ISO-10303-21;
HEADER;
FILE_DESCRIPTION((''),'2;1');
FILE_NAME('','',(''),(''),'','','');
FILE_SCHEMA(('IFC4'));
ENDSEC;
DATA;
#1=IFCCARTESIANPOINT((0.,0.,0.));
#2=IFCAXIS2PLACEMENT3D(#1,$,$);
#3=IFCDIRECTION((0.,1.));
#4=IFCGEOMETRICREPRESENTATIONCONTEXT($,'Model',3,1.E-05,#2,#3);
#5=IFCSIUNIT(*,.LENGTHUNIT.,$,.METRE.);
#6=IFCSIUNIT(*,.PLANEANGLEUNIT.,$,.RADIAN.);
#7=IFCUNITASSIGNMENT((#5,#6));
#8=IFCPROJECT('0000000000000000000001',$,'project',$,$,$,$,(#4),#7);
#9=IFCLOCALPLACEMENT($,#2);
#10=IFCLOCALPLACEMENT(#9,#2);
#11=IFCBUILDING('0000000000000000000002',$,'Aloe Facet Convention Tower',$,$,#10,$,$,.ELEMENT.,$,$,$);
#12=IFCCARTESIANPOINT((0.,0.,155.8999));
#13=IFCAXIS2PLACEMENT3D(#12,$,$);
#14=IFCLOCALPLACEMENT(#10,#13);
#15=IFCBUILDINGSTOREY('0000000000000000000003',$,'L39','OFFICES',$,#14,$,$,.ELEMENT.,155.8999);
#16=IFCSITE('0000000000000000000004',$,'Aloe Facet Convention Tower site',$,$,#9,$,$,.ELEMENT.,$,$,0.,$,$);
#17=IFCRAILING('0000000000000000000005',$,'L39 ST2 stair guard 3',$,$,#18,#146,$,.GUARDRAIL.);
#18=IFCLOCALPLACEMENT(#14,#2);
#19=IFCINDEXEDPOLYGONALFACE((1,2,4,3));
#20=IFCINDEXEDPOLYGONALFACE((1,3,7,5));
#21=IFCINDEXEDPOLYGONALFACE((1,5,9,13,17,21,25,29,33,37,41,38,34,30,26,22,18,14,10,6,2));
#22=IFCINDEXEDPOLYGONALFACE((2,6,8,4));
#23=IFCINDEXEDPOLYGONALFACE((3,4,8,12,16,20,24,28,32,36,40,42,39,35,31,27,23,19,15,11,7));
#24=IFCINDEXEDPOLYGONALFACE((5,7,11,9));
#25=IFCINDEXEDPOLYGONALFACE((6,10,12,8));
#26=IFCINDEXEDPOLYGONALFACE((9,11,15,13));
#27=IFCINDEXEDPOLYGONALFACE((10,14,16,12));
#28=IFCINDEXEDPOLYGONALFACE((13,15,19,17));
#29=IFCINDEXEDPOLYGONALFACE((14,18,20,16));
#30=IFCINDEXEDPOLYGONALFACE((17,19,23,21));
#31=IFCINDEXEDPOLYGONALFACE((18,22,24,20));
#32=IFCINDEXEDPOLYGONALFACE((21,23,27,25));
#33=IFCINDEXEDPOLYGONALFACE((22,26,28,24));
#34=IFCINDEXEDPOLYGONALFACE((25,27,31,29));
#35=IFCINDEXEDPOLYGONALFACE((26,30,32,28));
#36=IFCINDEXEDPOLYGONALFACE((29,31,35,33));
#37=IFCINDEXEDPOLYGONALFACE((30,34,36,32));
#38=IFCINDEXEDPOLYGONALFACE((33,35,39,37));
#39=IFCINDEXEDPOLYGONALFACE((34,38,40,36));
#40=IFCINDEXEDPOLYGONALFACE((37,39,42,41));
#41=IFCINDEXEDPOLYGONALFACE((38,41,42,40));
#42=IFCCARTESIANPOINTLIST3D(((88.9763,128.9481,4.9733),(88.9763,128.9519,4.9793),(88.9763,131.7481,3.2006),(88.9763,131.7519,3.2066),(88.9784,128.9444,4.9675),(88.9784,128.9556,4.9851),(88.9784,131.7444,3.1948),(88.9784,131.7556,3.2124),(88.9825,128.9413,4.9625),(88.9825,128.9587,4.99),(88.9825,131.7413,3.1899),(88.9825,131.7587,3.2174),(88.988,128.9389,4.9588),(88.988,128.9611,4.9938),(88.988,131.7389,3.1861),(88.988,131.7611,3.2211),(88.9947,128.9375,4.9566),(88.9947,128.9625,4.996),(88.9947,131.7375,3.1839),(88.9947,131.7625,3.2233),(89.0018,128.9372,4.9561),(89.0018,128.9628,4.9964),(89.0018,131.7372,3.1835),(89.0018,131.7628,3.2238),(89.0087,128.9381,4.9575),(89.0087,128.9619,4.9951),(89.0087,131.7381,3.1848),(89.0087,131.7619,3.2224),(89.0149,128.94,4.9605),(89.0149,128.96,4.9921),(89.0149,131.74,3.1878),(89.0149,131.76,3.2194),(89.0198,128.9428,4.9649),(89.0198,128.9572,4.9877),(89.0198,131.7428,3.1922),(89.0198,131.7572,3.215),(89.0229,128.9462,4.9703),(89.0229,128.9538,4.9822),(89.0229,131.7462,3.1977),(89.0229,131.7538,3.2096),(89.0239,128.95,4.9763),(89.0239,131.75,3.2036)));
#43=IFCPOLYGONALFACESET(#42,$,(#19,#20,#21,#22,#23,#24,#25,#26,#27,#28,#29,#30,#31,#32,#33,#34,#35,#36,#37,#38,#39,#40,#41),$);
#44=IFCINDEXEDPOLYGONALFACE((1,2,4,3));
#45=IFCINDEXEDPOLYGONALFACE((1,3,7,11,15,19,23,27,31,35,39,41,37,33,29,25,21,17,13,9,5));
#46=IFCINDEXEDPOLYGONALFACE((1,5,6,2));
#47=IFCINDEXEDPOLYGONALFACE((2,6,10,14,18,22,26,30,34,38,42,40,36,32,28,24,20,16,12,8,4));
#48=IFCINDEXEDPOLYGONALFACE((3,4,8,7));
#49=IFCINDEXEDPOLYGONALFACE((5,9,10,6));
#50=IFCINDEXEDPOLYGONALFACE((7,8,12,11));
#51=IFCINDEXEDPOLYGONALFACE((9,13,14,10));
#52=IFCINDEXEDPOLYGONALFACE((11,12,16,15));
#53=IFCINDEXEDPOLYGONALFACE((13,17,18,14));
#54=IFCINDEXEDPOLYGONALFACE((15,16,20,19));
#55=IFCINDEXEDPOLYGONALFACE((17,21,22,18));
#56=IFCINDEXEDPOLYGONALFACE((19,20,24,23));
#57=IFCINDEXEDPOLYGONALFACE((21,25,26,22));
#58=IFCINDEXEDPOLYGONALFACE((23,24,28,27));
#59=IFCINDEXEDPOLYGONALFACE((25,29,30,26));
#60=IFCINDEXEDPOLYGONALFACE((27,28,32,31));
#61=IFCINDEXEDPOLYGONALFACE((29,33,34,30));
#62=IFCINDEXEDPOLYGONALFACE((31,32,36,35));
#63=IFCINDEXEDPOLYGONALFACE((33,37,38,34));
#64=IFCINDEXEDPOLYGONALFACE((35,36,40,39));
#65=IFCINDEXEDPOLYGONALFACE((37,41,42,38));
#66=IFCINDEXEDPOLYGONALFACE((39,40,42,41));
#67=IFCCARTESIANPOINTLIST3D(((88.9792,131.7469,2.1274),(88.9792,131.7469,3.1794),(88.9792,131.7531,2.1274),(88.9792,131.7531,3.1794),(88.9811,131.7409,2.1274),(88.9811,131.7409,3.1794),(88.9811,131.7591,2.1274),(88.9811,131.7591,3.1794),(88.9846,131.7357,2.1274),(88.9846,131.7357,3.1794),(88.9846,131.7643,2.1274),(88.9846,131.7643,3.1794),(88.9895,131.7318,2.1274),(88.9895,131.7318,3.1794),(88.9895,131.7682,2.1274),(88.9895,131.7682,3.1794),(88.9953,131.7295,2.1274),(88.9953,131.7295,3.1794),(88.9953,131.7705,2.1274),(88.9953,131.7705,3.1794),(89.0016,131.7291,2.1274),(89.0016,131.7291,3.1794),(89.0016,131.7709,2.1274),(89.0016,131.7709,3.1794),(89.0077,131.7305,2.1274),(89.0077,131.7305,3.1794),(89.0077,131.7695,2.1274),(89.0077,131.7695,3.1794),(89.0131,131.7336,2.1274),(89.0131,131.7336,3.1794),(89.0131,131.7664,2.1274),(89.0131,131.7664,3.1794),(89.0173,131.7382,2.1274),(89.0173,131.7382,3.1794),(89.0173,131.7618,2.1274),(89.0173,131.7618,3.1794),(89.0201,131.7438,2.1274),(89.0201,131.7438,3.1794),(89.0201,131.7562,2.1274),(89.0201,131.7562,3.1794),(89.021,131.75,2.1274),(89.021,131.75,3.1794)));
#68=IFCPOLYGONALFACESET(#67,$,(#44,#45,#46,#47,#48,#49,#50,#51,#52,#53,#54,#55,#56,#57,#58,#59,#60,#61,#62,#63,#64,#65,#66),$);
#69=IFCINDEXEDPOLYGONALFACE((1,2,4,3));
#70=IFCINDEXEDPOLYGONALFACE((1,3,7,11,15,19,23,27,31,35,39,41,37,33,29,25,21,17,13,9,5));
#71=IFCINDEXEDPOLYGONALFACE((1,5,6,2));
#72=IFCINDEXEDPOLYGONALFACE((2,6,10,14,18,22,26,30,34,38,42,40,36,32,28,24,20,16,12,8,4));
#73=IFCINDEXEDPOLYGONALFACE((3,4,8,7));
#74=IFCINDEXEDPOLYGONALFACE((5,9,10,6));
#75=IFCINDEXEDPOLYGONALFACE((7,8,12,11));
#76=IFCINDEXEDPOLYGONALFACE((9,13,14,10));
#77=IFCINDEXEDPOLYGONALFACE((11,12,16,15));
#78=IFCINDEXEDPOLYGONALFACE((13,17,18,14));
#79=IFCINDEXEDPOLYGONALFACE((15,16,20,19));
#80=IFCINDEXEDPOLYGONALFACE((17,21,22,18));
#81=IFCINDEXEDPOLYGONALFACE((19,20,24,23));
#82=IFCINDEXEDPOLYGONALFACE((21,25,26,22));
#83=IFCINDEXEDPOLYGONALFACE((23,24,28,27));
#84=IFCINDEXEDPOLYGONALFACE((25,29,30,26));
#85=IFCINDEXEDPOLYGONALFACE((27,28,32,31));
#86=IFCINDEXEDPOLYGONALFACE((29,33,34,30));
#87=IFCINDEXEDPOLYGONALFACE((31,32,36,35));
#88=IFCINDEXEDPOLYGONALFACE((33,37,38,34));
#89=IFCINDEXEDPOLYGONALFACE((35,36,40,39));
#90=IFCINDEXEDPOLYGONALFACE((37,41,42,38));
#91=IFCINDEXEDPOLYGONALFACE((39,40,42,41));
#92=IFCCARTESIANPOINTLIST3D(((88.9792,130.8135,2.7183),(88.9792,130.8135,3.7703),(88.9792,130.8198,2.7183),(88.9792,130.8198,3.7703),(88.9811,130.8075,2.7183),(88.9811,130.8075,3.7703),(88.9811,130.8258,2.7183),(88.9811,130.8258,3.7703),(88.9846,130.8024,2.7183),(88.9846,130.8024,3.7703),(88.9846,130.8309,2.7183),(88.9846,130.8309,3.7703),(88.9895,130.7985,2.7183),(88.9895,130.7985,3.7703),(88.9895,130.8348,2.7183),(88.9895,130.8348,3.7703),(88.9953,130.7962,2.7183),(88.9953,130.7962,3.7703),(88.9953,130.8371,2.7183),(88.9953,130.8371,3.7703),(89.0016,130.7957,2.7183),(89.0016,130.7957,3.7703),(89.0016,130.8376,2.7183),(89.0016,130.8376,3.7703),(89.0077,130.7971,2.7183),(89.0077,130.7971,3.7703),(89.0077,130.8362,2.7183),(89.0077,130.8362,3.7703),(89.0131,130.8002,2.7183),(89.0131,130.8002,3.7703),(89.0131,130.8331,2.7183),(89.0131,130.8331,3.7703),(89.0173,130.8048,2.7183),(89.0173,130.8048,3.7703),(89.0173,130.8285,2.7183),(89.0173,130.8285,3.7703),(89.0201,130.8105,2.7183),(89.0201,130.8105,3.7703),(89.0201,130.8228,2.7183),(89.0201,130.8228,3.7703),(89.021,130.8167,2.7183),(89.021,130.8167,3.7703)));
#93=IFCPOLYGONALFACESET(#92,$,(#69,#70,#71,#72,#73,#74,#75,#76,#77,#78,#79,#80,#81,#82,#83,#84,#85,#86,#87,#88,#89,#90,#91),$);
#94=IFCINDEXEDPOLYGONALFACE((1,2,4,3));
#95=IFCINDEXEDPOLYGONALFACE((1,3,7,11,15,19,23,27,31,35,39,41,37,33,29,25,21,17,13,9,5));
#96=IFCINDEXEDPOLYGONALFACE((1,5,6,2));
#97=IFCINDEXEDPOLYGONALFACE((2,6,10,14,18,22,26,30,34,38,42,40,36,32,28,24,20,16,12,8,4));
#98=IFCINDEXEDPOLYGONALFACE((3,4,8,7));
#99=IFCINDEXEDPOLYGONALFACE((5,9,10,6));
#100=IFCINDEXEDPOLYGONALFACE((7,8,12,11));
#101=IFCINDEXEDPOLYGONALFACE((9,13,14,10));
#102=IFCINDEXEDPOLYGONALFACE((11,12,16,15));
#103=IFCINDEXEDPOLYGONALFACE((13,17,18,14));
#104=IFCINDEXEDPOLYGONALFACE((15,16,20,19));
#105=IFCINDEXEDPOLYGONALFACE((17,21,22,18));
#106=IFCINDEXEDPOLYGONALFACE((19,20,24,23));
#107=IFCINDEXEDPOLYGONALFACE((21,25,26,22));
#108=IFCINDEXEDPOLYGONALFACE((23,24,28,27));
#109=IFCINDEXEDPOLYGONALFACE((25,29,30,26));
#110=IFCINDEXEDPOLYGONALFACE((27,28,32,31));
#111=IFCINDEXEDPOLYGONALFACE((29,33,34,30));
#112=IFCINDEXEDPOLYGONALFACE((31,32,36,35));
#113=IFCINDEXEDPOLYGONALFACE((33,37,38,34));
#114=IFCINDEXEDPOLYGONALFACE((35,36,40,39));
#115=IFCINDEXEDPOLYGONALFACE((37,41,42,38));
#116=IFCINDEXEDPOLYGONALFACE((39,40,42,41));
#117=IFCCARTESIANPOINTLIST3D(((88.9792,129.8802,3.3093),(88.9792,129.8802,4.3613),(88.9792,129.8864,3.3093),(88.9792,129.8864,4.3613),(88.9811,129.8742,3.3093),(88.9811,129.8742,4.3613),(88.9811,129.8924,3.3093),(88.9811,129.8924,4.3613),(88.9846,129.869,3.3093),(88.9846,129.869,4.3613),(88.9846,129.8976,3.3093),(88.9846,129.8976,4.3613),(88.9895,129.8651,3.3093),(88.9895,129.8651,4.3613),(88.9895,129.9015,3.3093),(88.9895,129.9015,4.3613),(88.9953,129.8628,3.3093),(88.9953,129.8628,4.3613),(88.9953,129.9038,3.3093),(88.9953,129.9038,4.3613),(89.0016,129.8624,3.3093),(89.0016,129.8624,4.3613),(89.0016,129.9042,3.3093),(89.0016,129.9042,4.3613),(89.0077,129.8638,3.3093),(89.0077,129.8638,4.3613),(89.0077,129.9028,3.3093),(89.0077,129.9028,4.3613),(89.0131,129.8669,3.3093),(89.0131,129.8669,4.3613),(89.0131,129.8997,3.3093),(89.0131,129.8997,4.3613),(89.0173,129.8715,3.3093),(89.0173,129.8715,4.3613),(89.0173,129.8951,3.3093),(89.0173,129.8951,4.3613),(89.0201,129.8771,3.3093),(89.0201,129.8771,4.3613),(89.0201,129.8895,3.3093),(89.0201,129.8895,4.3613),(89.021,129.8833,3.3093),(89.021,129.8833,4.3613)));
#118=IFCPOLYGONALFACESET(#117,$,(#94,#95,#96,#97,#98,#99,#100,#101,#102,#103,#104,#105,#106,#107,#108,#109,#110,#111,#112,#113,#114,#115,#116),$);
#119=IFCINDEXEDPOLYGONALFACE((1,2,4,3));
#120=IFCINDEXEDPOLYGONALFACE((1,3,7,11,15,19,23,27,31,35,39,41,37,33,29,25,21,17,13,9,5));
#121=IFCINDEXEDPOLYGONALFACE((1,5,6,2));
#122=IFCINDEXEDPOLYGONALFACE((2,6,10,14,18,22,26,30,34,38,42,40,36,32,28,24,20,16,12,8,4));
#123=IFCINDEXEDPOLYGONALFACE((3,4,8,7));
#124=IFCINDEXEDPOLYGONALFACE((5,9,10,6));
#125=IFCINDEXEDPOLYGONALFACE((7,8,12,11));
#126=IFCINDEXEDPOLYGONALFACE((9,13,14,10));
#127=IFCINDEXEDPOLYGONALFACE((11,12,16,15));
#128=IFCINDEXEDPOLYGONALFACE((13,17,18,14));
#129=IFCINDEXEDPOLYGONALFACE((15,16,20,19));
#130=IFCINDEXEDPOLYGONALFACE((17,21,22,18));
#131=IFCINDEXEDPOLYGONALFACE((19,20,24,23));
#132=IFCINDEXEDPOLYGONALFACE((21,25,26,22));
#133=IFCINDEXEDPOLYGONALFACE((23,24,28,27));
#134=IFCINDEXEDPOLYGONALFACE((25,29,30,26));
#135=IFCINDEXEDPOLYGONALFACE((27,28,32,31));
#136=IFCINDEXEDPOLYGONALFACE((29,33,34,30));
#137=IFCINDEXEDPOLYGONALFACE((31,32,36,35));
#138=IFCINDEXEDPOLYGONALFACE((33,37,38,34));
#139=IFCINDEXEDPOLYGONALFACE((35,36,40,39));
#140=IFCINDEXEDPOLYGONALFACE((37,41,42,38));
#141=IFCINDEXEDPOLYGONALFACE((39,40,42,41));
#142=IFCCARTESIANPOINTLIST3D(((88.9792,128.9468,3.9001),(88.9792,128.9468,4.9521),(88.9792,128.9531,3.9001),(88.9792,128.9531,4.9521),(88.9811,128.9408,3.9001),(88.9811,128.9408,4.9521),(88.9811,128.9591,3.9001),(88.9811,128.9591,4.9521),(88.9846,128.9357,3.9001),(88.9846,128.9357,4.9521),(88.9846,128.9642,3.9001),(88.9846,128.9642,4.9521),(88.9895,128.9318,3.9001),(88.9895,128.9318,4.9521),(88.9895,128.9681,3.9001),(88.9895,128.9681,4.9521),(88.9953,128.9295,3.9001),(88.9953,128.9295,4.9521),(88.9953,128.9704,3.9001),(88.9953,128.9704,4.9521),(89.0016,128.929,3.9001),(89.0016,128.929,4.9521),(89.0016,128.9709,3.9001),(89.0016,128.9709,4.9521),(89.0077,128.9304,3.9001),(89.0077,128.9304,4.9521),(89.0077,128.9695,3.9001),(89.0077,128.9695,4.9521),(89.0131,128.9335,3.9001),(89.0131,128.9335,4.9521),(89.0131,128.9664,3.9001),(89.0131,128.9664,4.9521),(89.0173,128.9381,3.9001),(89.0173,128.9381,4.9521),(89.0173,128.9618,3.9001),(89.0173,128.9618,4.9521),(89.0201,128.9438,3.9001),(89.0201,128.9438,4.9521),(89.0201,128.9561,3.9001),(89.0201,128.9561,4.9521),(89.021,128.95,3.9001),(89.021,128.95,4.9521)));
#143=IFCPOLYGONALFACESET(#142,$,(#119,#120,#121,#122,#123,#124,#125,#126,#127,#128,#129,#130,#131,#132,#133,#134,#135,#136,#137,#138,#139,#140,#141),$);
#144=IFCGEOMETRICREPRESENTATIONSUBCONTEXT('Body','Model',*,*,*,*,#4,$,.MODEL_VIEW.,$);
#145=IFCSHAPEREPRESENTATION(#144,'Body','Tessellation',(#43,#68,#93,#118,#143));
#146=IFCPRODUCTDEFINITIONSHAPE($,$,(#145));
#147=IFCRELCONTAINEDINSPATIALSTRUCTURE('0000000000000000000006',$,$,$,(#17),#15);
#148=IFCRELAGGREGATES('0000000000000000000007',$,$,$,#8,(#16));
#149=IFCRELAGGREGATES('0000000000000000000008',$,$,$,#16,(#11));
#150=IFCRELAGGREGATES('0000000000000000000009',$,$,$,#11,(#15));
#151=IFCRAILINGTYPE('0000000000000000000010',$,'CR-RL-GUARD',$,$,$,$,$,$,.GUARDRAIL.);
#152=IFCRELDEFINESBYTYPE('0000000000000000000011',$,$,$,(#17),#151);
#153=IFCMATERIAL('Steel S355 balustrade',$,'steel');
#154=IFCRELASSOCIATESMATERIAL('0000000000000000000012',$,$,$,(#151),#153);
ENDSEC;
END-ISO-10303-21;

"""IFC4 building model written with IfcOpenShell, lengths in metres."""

from ifc_helpers import new_model, si_unit, direction, frame, origin, origin_2d, place, context, subcontext, project, spatial, circle, extrude, material, type_object, element, save


model = new_model("IFC4")

# Units and contexts
model_context = context("Model", 3, precision=1e-05, world=origin(), true_north=direction((0.0, 1.0)))
body_context = subcontext(model_context, "Body", "Model", "MODEL_VIEW")
ifc_project = project(units=[si_unit("LENGTHUNIT", "METRE"), si_unit("PLANEANGLEUNIT", "RADIAN")], contexts=[model_context])

# Site, building, storey
site_placement = place(None, origin())
site = spatial("IfcSite", under=ifc_project, at=site_placement, Name="Aloe Facet Convention Tower site", CompositionType="ELEMENT", RefElevation=0.0)
building_placement = place(site_placement, origin())
building = spatial("IfcBuilding", under=site, at=building_placement, Name="Aloe Facet Convention Tower", CompositionType="ELEMENT")
storey_placement = place(building_placement, frame((0.0, 0.0, 155.8999)))
storey = spatial("IfcBuildingStorey", under=building, at=storey_placement, Name="L39", Description="OFFICES", CompositionType="ELEMENT", Elevation=155.8999)

# Railing
ifc_material_1 = material(Name="Steel S355 balustrade", Category="steel")
railing_type_1 = type_object("IfcRailingType", Name="CR-RL-GUARD", PredefinedType="GUARDRAIL", material=ifc_material_1)
railing_1_placement = place(storey_placement, frame((89.0, 131.75, 2.1274)))
element("IfcRailing", 1, at=railing_1_placement, inside=storey, type_object=railing_type_1, Name="L39 ST2 stair guard 3", PredefinedType="GUARDRAIL", context=body_context, shape_type="SweptSolid", body=[
    extrude(circle(Radius=0.0239, at=origin_2d()), frame((0.0, 0.0, 1.0762), z_axis=(0.0, -0.844909, 0.53491), x_axis=(1.0, 0.0, 0.0)), (0.0, 0.0, 1.0), 3.314),
    extrude(circle(Radius=0.021, at=origin_2d()), origin(), (0.0, 0.0, 1.0), 1.052),
    extrude(circle(Radius=0.021, at=origin_2d()), frame((0.0, -0.9333, 0.5908)), (0.0, 0.0, 1.0), 1.052),
    extrude(circle(Radius=0.021, at=origin_2d()), frame((0.0, -1.8667, 1.1819)), (0.0, 0.0, 1.0), 1.052),
    extrude(circle(Radius=0.021, at=origin_2d()), frame((0.0, -2.8, 1.7727)), (0.0, 0.0, 1.0), 1.052),
])

save(model, "model.ifc")
